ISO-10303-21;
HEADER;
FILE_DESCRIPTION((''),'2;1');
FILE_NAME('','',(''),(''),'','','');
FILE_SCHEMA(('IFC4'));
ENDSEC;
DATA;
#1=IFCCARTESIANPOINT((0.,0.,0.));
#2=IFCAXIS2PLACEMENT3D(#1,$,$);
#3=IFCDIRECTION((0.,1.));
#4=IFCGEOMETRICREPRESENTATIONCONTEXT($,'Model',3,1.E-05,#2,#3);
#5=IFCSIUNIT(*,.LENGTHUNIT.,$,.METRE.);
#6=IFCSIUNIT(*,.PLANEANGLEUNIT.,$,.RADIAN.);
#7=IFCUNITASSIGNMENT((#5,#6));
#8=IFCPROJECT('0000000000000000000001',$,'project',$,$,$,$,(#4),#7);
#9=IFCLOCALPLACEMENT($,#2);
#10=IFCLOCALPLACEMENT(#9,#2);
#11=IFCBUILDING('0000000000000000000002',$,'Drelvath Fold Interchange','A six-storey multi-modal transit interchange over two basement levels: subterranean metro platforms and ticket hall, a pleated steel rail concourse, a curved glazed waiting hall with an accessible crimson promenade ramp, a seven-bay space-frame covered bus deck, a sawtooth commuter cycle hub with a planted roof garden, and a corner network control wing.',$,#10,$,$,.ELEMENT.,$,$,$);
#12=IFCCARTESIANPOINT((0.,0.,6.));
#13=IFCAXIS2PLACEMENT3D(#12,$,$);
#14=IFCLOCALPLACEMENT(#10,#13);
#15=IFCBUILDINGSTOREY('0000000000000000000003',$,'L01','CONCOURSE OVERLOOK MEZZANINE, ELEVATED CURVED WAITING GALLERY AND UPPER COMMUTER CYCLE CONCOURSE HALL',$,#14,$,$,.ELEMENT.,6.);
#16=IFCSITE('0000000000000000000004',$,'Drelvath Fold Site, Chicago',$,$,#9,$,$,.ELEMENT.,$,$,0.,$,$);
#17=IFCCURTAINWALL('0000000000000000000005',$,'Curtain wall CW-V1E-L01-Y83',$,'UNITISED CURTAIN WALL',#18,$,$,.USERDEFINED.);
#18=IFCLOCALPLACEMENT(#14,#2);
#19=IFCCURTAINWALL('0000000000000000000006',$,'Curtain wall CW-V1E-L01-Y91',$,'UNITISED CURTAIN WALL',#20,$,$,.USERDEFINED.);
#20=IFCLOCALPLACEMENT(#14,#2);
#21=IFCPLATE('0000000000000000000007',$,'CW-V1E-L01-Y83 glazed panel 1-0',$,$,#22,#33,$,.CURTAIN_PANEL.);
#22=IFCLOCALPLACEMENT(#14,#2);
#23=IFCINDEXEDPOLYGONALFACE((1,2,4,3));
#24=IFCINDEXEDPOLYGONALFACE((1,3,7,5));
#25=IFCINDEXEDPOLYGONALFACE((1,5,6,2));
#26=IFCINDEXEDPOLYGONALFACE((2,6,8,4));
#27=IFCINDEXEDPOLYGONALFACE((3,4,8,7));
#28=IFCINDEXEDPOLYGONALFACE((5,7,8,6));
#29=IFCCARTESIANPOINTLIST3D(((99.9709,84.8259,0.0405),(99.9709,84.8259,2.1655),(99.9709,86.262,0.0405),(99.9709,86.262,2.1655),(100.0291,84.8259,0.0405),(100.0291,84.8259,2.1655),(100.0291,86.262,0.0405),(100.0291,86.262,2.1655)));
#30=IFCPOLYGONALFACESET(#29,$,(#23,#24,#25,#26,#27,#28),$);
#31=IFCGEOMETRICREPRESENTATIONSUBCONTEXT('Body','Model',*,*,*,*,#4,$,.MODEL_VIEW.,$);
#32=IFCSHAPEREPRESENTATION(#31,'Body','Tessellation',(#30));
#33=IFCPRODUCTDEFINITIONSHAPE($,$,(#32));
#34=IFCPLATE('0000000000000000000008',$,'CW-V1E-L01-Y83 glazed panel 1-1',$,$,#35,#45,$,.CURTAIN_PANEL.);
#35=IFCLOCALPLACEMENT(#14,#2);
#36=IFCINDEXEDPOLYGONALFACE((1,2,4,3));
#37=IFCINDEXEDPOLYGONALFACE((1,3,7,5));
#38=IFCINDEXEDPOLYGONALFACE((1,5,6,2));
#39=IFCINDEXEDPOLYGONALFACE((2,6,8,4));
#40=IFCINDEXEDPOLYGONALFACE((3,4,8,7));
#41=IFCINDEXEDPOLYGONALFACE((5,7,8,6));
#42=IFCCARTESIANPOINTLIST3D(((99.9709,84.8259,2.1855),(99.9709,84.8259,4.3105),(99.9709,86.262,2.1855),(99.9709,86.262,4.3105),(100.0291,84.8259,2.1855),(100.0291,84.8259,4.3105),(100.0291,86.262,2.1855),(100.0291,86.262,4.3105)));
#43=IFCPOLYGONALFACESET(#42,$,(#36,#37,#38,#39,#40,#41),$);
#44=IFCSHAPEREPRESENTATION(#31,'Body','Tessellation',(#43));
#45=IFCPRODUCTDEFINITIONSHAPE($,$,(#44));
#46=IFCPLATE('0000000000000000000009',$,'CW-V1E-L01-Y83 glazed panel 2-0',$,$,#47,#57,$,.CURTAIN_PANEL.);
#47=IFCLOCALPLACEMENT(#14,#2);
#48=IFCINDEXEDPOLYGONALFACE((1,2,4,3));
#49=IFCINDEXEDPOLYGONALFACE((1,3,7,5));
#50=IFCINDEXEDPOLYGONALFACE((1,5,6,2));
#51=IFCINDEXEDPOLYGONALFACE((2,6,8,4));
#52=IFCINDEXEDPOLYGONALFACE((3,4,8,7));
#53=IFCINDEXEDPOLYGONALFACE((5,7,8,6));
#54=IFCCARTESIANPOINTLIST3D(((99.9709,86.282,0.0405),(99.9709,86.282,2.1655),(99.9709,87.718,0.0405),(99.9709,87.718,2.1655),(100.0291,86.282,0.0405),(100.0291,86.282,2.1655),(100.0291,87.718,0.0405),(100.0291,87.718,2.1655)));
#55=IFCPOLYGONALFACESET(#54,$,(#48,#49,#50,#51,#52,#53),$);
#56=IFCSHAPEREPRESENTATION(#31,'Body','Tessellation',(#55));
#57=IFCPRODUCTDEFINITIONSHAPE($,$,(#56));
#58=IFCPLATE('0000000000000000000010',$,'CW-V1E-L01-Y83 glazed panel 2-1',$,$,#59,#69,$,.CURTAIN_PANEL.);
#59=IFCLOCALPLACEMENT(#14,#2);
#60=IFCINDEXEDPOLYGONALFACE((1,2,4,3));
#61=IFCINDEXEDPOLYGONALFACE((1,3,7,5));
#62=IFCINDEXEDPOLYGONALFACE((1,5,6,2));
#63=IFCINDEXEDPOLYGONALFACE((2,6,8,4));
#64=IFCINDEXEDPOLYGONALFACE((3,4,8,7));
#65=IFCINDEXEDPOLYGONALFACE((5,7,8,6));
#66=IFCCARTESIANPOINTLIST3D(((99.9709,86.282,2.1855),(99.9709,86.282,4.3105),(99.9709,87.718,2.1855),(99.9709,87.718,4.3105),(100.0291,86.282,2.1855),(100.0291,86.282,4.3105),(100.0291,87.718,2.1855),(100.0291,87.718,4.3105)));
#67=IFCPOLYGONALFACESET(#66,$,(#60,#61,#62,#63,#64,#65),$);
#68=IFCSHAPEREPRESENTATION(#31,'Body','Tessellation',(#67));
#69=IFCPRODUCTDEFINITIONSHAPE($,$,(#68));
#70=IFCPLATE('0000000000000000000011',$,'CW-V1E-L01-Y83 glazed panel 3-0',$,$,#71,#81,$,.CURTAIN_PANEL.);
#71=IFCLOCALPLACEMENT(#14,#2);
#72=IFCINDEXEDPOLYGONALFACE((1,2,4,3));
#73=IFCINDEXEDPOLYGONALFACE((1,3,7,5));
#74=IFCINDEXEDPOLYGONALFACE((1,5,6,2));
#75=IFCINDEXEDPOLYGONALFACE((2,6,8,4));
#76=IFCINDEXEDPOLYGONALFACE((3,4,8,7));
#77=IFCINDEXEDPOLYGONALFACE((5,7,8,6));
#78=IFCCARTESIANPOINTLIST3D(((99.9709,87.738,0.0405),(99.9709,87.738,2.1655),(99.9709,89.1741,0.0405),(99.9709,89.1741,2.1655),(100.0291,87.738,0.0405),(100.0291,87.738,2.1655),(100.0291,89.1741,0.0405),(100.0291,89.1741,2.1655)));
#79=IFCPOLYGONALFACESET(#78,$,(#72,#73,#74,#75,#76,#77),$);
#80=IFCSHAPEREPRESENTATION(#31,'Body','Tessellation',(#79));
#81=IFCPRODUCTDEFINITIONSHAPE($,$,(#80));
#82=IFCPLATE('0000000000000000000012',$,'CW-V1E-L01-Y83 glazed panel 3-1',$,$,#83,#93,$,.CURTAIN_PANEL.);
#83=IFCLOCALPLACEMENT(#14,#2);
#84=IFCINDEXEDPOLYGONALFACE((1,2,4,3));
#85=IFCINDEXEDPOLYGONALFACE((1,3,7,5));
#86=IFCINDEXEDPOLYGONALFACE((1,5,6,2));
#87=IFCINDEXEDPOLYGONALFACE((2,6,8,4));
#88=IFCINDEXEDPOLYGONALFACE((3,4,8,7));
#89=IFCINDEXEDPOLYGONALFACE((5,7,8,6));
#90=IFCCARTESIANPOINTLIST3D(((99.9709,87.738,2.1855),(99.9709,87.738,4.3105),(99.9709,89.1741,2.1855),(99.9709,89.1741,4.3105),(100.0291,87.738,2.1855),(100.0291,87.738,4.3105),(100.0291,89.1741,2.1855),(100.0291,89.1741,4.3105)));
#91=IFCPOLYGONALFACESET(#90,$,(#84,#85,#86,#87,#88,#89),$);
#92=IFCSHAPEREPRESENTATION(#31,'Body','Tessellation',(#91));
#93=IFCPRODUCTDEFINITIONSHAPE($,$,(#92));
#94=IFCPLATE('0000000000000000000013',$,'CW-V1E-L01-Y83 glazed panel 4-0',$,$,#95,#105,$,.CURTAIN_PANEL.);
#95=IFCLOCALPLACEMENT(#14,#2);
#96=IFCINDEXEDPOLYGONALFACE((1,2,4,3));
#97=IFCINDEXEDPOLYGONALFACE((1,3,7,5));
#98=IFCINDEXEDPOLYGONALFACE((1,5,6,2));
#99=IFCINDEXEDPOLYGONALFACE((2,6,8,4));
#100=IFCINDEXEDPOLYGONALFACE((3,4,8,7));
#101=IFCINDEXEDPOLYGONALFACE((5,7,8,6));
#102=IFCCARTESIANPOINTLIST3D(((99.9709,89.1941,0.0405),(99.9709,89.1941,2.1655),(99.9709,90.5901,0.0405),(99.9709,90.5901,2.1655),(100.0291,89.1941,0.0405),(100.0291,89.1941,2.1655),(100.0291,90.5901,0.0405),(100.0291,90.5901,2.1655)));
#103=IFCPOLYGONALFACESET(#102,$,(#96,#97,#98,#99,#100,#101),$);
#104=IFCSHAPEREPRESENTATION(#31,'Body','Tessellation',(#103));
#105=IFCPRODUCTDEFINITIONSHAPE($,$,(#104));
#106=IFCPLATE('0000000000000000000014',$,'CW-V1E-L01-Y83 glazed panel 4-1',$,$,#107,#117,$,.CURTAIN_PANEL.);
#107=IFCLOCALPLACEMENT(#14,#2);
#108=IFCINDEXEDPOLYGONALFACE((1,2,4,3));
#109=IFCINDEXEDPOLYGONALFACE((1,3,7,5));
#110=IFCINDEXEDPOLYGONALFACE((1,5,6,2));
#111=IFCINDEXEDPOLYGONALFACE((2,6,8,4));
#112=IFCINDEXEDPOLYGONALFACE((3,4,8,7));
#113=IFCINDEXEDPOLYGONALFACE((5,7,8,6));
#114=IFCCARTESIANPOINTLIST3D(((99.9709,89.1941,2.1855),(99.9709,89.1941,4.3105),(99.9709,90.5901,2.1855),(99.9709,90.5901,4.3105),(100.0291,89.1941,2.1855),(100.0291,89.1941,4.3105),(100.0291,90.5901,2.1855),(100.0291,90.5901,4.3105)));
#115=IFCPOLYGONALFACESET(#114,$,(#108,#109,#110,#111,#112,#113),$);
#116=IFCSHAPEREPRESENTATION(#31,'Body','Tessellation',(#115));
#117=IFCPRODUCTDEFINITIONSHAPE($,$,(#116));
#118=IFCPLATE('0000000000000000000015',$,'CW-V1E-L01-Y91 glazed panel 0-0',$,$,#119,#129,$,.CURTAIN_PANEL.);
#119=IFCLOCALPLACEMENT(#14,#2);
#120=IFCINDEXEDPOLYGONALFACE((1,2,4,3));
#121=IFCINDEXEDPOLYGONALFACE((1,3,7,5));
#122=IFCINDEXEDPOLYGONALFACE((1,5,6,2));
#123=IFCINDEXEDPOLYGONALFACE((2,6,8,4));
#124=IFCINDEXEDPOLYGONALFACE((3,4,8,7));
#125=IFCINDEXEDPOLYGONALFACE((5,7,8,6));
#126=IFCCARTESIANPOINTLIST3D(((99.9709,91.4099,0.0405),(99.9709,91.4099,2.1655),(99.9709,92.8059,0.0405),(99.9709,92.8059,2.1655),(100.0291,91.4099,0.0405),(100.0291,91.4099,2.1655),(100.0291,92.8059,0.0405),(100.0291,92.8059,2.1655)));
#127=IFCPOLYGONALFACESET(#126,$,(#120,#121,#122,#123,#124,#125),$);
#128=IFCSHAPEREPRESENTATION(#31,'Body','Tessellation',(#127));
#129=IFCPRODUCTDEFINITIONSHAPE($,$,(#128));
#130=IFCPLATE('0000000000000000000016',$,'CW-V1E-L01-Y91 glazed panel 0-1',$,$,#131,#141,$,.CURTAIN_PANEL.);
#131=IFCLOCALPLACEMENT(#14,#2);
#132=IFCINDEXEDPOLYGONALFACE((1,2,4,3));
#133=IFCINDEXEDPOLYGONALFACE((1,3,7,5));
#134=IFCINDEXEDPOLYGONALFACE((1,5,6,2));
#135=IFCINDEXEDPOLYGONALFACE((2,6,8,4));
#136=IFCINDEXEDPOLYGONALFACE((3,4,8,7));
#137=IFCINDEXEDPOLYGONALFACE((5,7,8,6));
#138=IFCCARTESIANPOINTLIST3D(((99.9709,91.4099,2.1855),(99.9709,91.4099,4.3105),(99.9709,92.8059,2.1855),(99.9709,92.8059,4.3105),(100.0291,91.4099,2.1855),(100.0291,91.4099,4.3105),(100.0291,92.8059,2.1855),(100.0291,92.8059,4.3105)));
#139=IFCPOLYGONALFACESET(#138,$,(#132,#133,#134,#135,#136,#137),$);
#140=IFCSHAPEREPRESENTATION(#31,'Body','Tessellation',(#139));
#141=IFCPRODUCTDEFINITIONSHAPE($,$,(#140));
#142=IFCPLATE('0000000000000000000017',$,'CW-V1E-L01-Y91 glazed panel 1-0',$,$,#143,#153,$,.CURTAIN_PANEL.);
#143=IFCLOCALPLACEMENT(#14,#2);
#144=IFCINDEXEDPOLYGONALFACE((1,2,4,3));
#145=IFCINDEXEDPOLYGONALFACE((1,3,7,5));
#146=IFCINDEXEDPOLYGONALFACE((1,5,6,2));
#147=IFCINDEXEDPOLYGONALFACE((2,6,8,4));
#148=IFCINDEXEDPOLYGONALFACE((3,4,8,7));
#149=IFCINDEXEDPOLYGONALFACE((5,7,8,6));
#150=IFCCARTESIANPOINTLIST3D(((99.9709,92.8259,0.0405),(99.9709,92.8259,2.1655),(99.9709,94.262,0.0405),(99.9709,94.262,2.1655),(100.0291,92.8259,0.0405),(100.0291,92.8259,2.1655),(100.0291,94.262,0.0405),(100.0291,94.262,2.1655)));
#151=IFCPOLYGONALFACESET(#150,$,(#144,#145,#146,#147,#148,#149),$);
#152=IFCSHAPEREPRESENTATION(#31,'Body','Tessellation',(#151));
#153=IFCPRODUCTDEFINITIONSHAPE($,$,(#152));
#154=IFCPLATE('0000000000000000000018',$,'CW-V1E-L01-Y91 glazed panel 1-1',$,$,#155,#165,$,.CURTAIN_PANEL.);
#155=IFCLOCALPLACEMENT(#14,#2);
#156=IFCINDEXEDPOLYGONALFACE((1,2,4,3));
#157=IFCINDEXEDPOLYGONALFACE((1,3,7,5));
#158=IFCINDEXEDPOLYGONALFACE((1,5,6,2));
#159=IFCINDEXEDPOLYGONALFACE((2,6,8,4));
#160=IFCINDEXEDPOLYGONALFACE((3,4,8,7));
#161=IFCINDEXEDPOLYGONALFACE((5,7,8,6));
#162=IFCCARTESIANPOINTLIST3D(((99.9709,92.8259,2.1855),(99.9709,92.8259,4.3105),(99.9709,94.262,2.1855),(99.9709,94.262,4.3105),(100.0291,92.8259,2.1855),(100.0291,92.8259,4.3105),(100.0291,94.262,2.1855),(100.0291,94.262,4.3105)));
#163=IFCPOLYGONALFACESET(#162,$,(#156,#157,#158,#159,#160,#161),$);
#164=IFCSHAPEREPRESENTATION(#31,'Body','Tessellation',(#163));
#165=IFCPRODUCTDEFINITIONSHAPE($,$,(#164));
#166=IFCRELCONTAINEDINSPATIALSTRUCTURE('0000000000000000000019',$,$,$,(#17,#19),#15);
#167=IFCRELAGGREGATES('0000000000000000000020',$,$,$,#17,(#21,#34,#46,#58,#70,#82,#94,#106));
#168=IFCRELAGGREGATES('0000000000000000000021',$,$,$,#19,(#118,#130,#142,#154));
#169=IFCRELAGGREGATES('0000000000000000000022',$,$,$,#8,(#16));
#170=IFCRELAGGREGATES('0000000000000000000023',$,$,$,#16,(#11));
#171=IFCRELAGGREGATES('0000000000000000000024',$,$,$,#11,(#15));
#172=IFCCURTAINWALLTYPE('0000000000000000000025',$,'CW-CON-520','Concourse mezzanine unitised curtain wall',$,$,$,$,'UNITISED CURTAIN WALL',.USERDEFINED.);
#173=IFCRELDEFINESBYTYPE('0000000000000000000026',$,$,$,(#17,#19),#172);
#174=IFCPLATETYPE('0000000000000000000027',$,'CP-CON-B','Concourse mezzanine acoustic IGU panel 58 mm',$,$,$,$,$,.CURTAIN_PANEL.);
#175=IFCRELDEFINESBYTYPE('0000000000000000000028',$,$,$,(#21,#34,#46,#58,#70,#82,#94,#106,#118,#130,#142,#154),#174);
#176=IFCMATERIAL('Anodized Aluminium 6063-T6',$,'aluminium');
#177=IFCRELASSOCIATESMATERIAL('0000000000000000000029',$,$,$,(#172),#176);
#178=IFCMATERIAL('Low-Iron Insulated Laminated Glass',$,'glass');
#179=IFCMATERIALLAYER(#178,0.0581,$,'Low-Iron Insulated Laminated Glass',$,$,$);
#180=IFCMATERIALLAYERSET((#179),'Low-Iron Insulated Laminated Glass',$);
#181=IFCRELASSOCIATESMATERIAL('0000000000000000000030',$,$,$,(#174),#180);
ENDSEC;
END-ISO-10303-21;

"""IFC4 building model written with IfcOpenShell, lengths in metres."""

from ifc_helpers import new_model, si_unit, direction, frame, origin, origin_2d, place, context, subcontext, project, spatial, rectangle, extrude, material, layer, layer_set, type_object, element, aggregate, save


model = new_model("IFC4")

# Units and contexts
model_context = context("Model", 3, precision=1e-05, world=origin(), true_north=direction((0.0, 1.0)))
body_context = subcontext(model_context, "Body", "Model", "MODEL_VIEW")
ifc_project = project(units=[si_unit("LENGTHUNIT", "METRE"), si_unit("PLANEANGLEUNIT", "RADIAN")], contexts=[model_context])

# Site, building, storey
site_placement = place(None, origin())
site = spatial("IfcSite", under=ifc_project, at=site_placement, Name="Drelvath Fold Site, Chicago", CompositionType="ELEMENT", RefElevation=0.0)
building_placement = place(site_placement, origin())
building = spatial("IfcBuilding", under=site, at=building_placement, Name="Drelvath Fold Interchange", Description="A six-storey multi-modal transit interchange over two basement levels: subterranean metro platforms and ticket hall, a pleated steel rail concourse, a curved glazed waiting hall with an accessible crimson promenade ramp, a seven-bay space-frame covered bus deck, a sawtooth commuter cycle hub with a planted roof garden, and a corner network control wing.", CompositionType="ELEMENT")
storey_placement = place(building_placement, frame((0.0, 0.0, 6.0)))
storey = spatial("IfcBuildingStorey", under=building, at=storey_placement, Name="L01", Description="CONCOURSE OVERLOOK MEZZANINE, ELEVATED CURVED WAITING GALLERY AND UPPER COMMUTER CYCLE CONCOURSE HALL", CompositionType="ELEMENT", Elevation=6.0)

# Curtain walls
ifc_material_1 = material(Name="Anodized Aluminium 6063-T6", Category="aluminium")
curtain_wall_type = type_object("IfcCurtainWallType", Name="CW-CON-520", Description="Concourse mezzanine unitised curtain wall", ElementType="UNITISED CURTAIN WALL", PredefinedType="USERDEFINED", material=ifc_material_1)
curtain_wall_1_placement = place(storey_placement, origin())
curtain_wall_1 = element("IfcCurtainWall", 1, at=curtain_wall_1_placement, inside=storey, type_object=curtain_wall_type, Name="Curtain wall CW-V1E-L01-Y83", ObjectType="UNITISED CURTAIN WALL", PredefinedType="USERDEFINED")
curtain_wall_2_placement = place(storey_placement, origin())
curtain_wall_2 = element("IfcCurtainWall", 2, at=curtain_wall_2_placement, inside=storey, type_object=curtain_wall_type, Name="Curtain wall CW-V1E-L01-Y91", ObjectType="UNITISED CURTAIN WALL", PredefinedType="USERDEFINED")

# Plates
ifc_material_2 = material(Name="Low-Iron Insulated Laminated Glass", Category="glass")
ifc_layer = layer(ifc_material_2, 0.0581, Name="Low-Iron Insulated Laminated Glass")
ifc_layer_set = layer_set([ifc_layer], Name="Low-Iron Insulated Laminated Glass")
plate_type = type_object("IfcPlateType", Name="CP-CON-B", Description="Concourse mezzanine acoustic IGU panel 58 mm", PredefinedType="CURTAIN_PANEL", material=ifc_layer_set)
plate_1_placement = place(storey_placement, frame((100.0, 85.5439, 0.0405), z_axis=(0.0, 0.0, 1.0), x_axis=(0.0, 1.0, 0.0)))
plate_1 = element("IfcPlate", 3, at=plate_1_placement, type_object=plate_type, Name="CW-V1E-L01-Y83 glazed panel 1-0", PredefinedType="CURTAIN_PANEL", context=body_context, shape_type="SweptSolid", body=[
    extrude(rectangle(XDim=1.436, YDim=0.0581, at=origin_2d()), origin(), (0.0, 0.0, 1.0), 2.125),
])
plate_2_placement = place(storey_placement, frame((100.0, 85.5439, 2.1855), z_axis=(0.0, 0.0, 1.0), x_axis=(0.0, 1.0, 0.0)))
plate_2 = element("IfcPlate", 4, at=plate_2_placement, type_object=plate_type, Name="CW-V1E-L01-Y83 glazed panel 1-1", PredefinedType="CURTAIN_PANEL", context=body_context, shape_type="SweptSolid", body=[
    extrude(rectangle(XDim=1.436, YDim=0.0581, at=origin_2d()), origin(), (0.0, 0.0, 1.0), 2.125),
])
plate_3_placement = place(storey_placement, frame((100.0, 87.0, 0.0405), z_axis=(0.0, 0.0, 1.0), x_axis=(0.0, 1.0, 0.0)))
plate_3 = element("IfcPlate", 5, at=plate_3_placement, type_object=plate_type, Name="CW-V1E-L01-Y83 glazed panel 2-0", PredefinedType="CURTAIN_PANEL", context=body_context, shape_type="SweptSolid", body=[
    extrude(rectangle(XDim=1.436, YDim=0.0581, at=origin_2d()), origin(), (0.0, 0.0, 1.0), 2.125),
])
plate_4_placement = place(storey_placement, frame((100.0, 87.0, 2.1855), z_axis=(0.0, 0.0, 1.0), x_axis=(0.0, 1.0, 0.0)))
plate_4 = element("IfcPlate", 6, at=plate_4_placement, type_object=plate_type, Name="CW-V1E-L01-Y83 glazed panel 2-1", PredefinedType="CURTAIN_PANEL", context=body_context, shape_type="SweptSolid", body=[
    extrude(rectangle(XDim=1.436, YDim=0.0581, at=origin_2d()), origin(), (0.0, 0.0, 1.0), 2.125),
])
plate_5_placement = place(storey_placement, frame((100.0, 88.4561, 0.0405), z_axis=(0.0, 0.0, 1.0), x_axis=(0.0, 1.0, 0.0)))
plate_5 = element("IfcPlate", 7, at=plate_5_placement, type_object=plate_type, Name="CW-V1E-L01-Y83 glazed panel 3-0", PredefinedType="CURTAIN_PANEL", context=body_context, shape_type="SweptSolid", body=[
    extrude(rectangle(XDim=1.436, YDim=0.0581, at=origin_2d()), origin(), (0.0, 0.0, 1.0), 2.125),
])
plate_6_placement = place(storey_placement, frame((100.0, 88.4561, 2.1855), z_axis=(0.0, 0.0, 1.0), x_axis=(0.0, 1.0, 0.0)))
plate_6 = element("IfcPlate", 8, at=plate_6_placement, type_object=plate_type, Name="CW-V1E-L01-Y83 glazed panel 3-1", PredefinedType="CURTAIN_PANEL", context=body_context, shape_type="SweptSolid", body=[
    extrude(rectangle(XDim=1.436, YDim=0.0581, at=origin_2d()), origin(), (0.0, 0.0, 1.0), 2.125),
])
plate_7_placement = place(storey_placement, frame((100.0, 89.8921, 0.0405), z_axis=(0.0, 0.0, 1.0), x_axis=(0.0, 1.0, 0.0)))
plate_7 = element("IfcPlate", 9, at=plate_7_placement, type_object=plate_type, Name="CW-V1E-L01-Y83 glazed panel 4-0", PredefinedType="CURTAIN_PANEL", context=body_context, shape_type="SweptSolid", body=[
    extrude(rectangle(XDim=1.396, YDim=0.0581, at=origin_2d()), origin(), (0.0, 0.0, 1.0), 2.125),
])
plate_8_placement = place(storey_placement, frame((100.0, 89.8921, 2.1855), z_axis=(0.0, 0.0, 1.0), x_axis=(0.0, 1.0, 0.0)))
plate_8 = element("IfcPlate", 10, at=plate_8_placement, type_object=plate_type, Name="CW-V1E-L01-Y83 glazed panel 4-1", PredefinedType="CURTAIN_PANEL", context=body_context, shape_type="SweptSolid", body=[
    extrude(rectangle(XDim=1.396, YDim=0.0581, at=origin_2d()), origin(), (0.0, 0.0, 1.0), 2.125),
])
aggregate(curtain_wall_1, [plate_1, plate_2, plate_3, plate_4, plate_5, plate_6, plate_7, plate_8])
plate_9_placement = place(storey_placement, frame((100.0, 92.1079, 0.0405), z_axis=(0.0, 0.0, 1.0), x_axis=(0.0, 1.0, 0.0)))
plate_9 = element("IfcPlate", 11, at=plate_9_placement, type_object=plate_type, Name="CW-V1E-L01-Y91 glazed panel 0-0", PredefinedType="CURTAIN_PANEL", context=body_context, shape_type="SweptSolid", body=[
    extrude(rectangle(XDim=1.396, YDim=0.0581, at=origin_2d()), origin(), (0.0, 0.0, 1.0), 2.125),
])
plate_10_placement = place(storey_placement, frame((100.0, 92.1079, 2.1855), z_axis=(0.0, 0.0, 1.0), x_axis=(0.0, 1.0, 0.0)))
plate_10 = element("IfcPlate", 12, at=plate_10_placement, type_object=plate_type, Name="CW-V1E-L01-Y91 glazed panel 0-1", PredefinedType="CURTAIN_PANEL", context=body_context, shape_type="SweptSolid", body=[
    extrude(rectangle(XDim=1.396, YDim=0.0581, at=origin_2d()), origin(), (0.0, 0.0, 1.0), 2.125),
])
plate_11_placement = place(storey_placement, frame((100.0, 93.5439, 0.0405), z_axis=(0.0, 0.0, 1.0), x_axis=(0.0, 1.0, 0.0)))
plate_11 = element("IfcPlate", 13, at=plate_11_placement, type_object=plate_type, Name="CW-V1E-L01-Y91 glazed panel 1-0", PredefinedType="CURTAIN_PANEL", context=body_context, shape_type="SweptSolid", body=[
    extrude(rectangle(XDim=1.436, YDim=0.0581, at=origin_2d()), origin(), (0.0, 0.0, 1.0), 2.125),
])
plate_12_placement = place(storey_placement, frame((100.0, 93.5439, 2.1855), z_axis=(0.0, 0.0, 1.0), x_axis=(0.0, 1.0, 0.0)))
plate_12 = element("IfcPlate", 14, at=plate_12_placement, type_object=plate_type, Name="CW-V1E-L01-Y91 glazed panel 1-1", PredefinedType="CURTAIN_PANEL", context=body_context, shape_type="SweptSolid", body=[
    extrude(rectangle(XDim=1.436, YDim=0.0581, at=origin_2d()), origin(), (0.0, 0.0, 1.0), 2.125),
])
aggregate(curtain_wall_2, [plate_9, plate_10, plate_11, plate_12])

save(model, "model.ifc")
